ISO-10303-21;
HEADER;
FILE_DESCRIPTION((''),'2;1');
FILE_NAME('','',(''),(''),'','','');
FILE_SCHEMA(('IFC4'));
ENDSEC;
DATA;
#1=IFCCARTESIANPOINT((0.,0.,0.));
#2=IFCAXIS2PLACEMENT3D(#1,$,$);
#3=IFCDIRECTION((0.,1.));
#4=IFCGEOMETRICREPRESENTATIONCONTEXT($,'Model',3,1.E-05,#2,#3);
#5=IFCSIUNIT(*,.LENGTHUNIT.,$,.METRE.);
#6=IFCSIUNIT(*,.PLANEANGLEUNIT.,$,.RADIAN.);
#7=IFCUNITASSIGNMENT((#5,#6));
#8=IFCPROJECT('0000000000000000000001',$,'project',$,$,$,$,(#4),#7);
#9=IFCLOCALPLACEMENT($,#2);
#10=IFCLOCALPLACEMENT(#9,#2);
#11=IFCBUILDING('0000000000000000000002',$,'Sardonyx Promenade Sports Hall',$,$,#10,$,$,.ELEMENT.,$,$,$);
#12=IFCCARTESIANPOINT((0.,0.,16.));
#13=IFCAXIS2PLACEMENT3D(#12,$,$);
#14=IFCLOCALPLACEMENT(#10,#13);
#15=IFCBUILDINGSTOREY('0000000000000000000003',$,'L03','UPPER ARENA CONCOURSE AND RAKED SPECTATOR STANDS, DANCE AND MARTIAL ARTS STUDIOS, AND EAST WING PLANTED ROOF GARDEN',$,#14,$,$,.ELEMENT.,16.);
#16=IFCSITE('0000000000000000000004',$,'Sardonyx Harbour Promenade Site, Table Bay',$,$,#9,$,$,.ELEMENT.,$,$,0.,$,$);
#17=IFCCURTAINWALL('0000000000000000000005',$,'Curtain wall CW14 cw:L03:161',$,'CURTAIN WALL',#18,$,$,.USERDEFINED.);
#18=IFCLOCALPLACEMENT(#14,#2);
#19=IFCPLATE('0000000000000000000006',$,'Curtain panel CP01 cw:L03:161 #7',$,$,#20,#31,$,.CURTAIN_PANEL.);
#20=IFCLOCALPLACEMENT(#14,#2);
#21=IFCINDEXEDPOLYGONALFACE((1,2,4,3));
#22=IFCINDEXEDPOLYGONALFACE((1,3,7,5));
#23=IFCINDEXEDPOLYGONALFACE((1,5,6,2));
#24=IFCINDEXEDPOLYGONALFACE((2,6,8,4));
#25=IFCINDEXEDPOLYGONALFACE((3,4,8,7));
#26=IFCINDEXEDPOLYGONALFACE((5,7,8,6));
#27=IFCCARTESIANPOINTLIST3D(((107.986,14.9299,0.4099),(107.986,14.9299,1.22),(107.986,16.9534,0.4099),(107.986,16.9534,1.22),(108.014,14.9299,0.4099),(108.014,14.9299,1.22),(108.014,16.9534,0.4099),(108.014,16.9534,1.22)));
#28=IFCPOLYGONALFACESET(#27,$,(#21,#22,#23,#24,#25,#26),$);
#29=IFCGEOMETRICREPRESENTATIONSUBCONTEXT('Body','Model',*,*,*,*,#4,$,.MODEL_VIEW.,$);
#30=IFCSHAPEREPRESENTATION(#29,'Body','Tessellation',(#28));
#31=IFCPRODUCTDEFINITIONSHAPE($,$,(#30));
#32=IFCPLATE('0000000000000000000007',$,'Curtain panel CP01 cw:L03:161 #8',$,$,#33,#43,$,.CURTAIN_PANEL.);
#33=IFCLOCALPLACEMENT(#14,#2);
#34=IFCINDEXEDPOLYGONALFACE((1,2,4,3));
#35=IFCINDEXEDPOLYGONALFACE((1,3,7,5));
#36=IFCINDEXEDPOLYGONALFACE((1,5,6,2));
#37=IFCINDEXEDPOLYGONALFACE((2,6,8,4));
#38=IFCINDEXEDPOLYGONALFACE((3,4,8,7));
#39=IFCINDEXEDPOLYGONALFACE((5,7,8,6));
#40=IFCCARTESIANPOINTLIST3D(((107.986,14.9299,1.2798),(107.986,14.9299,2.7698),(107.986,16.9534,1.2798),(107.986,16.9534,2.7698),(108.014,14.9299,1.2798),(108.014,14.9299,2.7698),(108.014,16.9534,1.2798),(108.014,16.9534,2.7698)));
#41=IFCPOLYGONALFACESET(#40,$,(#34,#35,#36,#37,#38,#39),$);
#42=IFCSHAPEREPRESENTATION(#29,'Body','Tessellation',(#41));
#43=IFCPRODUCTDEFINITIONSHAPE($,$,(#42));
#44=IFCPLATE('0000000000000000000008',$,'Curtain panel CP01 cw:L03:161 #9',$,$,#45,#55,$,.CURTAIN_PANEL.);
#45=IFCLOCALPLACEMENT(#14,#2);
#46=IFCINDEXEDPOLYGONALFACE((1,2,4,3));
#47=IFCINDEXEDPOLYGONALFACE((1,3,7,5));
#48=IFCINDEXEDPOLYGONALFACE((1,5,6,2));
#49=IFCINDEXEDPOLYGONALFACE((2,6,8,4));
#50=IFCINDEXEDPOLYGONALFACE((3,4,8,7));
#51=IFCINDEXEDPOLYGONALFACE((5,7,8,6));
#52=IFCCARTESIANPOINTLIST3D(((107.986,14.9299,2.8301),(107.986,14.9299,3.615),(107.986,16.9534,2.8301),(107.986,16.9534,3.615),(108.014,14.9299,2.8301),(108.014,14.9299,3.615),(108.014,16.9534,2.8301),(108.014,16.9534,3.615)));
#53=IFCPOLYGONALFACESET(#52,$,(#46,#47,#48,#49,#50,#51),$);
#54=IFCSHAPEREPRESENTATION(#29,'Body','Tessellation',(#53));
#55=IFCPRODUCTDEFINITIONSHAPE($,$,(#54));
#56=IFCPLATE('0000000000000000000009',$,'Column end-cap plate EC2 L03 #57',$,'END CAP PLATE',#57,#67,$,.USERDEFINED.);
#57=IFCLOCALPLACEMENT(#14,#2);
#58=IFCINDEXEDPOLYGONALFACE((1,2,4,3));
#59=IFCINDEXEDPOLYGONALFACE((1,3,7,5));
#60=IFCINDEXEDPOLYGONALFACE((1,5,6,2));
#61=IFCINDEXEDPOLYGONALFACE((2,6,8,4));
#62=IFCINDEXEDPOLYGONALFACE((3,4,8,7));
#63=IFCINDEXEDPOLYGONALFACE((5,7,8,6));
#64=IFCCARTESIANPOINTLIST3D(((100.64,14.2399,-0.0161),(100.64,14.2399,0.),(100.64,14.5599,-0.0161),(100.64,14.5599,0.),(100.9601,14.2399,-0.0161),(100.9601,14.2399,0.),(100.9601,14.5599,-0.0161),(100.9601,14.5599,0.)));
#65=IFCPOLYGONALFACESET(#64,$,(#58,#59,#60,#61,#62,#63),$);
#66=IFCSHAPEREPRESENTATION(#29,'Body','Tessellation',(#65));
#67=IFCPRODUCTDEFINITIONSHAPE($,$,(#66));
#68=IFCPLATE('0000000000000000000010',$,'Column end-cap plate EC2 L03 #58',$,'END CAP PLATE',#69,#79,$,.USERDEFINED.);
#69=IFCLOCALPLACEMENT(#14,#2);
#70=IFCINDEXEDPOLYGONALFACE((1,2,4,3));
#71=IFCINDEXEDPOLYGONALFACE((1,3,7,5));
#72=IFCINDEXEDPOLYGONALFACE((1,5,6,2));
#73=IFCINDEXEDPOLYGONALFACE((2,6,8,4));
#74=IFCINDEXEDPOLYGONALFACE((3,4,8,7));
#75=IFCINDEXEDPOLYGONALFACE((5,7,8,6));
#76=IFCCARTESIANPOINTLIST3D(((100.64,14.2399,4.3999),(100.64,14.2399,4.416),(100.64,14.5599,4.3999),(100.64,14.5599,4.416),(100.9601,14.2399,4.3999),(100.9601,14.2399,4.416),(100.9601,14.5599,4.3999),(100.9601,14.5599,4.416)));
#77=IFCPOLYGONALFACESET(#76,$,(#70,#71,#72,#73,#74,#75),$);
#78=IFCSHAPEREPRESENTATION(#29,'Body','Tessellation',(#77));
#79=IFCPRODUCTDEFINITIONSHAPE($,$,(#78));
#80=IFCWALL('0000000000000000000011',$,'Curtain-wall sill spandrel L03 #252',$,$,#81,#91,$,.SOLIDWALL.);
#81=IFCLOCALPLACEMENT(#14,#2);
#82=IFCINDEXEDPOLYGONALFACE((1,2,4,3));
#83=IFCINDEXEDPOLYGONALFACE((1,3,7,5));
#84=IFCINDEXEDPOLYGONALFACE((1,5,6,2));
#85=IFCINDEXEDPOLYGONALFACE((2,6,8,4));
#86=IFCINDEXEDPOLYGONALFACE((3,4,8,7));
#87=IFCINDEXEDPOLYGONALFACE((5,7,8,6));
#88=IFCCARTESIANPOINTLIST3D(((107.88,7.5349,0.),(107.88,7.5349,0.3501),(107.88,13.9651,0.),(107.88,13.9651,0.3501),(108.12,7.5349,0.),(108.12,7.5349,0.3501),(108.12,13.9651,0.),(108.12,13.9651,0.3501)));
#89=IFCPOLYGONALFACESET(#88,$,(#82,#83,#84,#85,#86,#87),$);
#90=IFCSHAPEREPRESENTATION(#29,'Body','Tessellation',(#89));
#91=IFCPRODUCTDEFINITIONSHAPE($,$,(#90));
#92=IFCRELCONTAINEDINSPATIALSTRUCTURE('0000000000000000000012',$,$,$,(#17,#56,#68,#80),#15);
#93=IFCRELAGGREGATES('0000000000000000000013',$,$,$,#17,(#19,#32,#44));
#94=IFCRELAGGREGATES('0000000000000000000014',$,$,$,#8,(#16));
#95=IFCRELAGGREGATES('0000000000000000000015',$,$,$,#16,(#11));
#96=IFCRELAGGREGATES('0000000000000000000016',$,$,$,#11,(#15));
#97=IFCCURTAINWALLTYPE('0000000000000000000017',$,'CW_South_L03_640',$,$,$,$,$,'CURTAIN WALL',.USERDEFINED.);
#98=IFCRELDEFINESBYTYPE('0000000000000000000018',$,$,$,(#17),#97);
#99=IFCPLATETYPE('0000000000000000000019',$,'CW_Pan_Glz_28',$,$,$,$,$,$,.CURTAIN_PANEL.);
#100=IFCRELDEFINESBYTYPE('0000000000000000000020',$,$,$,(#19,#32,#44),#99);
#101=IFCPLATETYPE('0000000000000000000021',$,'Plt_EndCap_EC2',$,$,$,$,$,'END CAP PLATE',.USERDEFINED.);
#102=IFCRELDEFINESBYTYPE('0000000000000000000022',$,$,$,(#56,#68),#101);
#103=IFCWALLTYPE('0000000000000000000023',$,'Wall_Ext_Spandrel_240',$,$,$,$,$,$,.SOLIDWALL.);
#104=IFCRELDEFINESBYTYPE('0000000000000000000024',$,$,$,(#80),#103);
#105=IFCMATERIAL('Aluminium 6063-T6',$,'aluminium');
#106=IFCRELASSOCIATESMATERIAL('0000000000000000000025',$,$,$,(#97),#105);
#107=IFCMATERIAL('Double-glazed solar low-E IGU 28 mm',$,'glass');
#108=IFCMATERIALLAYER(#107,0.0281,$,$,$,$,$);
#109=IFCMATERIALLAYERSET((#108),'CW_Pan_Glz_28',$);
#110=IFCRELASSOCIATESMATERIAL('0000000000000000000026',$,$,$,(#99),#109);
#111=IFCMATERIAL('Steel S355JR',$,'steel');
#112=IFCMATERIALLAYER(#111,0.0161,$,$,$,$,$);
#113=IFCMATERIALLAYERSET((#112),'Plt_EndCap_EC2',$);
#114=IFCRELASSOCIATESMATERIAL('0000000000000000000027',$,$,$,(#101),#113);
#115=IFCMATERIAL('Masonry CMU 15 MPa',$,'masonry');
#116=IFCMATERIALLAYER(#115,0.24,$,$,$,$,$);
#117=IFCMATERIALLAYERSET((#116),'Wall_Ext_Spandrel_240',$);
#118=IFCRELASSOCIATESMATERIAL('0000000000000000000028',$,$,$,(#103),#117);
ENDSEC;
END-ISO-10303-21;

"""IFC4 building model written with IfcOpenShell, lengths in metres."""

from ifc_helpers import new_model, si_unit, direction, frame, frame_2d, origin, origin_2d, place, context, subcontext, project, spatial, rectangle, extrude, material, layer, layer_set, type_object, element, aggregate, save


model = new_model("IFC4")

# Units and contexts
model_context = context("Model", 3, precision=1e-05, world=origin(), true_north=direction((0.0, 1.0)))
body_context = subcontext(model_context, "Body", "Model", "MODEL_VIEW")
ifc_project = project(units=[si_unit("LENGTHUNIT", "METRE"), si_unit("PLANEANGLEUNIT", "RADIAN")], contexts=[model_context])

# Site, building, storey
site_placement = place(None, origin())
site = spatial("IfcSite", under=ifc_project, at=site_placement, Name="Sardonyx Harbour Promenade Site, Table Bay", CompositionType="ELEMENT", RefElevation=0.0)
building_placement = place(site_placement, origin())
building = spatial("IfcBuilding", under=site, at=building_placement, Name="Sardonyx Promenade Sports Hall", CompositionType="ELEMENT")
storey_placement = place(building_placement, frame((0.0, 0.0, 16.0)))
storey = spatial("IfcBuildingStorey", under=building, at=storey_placement, Name="L03", Description="UPPER ARENA CONCOURSE AND RAKED SPECTATOR STANDS, DANCE AND MARTIAL ARTS STUDIOS, AND EAST WING PLANTED ROOF GARDEN", CompositionType="ELEMENT", Elevation=16.0)

# Curtain wall
ifc_material_1 = material(Name="Aluminium 6063-T6", Category="aluminium")
curtain_wall_type = type_object("IfcCurtainWallType", Name="CW_South_L03_640", ElementType="CURTAIN WALL", PredefinedType="USERDEFINED", material=ifc_material_1)
curtain_wall_1_placement = place(storey_placement, origin())
curtain_wall_1 = element("IfcCurtainWall", 1, at=curtain_wall_1_placement, inside=storey, type_object=curtain_wall_type, Name="Curtain wall CW14 cw:L03:161", ObjectType="CURTAIN WALL", PredefinedType="USERDEFINED")

# Plates
ifc_material_2 = material(Name="Double-glazed solar low-E IGU 28 mm", Category="glass")
ifc_layer_1 = layer(ifc_material_2, 0.0281)
ifc_layer_set_1 = layer_set([ifc_layer_1], Name="CW_Pan_Glz_28")
plate_type_1 = type_object("IfcPlateType", Name="CW_Pan_Glz_28", PredefinedType="CURTAIN_PANEL", material=ifc_layer_set_1)
plate_1_placement = place(storey_placement, frame((108.0, 15.9417, 0.4099), z_axis=(0.0, 0.0, 1.0), x_axis=(0.0, -1.0, 0.0)))
plate_1 = element("IfcPlate", 2, at=plate_1_placement, type_object=plate_type_1, Name="Curtain panel CP01 cw:L03:161 #7", PredefinedType="CURTAIN_PANEL", context=body_context, shape_type="SweptSolid", body=[
    extrude(rectangle(XDim=2.0234, YDim=0.0281, at=origin_2d()), origin(), (0.0, 0.0, 1.0), 0.8101),
])
plate_2_placement = place(storey_placement, frame((108.0, 15.9417, 1.2798), z_axis=(0.0, 0.0, 1.0), x_axis=(0.0, -1.0, 0.0)))
plate_2 = element("IfcPlate", 3, at=plate_2_placement, type_object=plate_type_1, Name="Curtain panel CP01 cw:L03:161 #8", PredefinedType="CURTAIN_PANEL", context=body_context, shape_type="SweptSolid", body=[
    extrude(rectangle(XDim=2.0234, YDim=0.0281, at=origin_2d()), origin(), (0.0, 0.0, 1.0), 1.49),
])
plate_3_placement = place(storey_placement, frame((108.0, 15.9417, 2.8301), z_axis=(0.0, 0.0, 1.0), x_axis=(0.0, -1.0, 0.0)))
plate_3 = element("IfcPlate", 4, at=plate_3_placement, type_object=plate_type_1, Name="Curtain panel CP01 cw:L03:161 #9", PredefinedType="CURTAIN_PANEL", context=body_context, shape_type="SweptSolid", body=[
    extrude(rectangle(XDim=2.0234, YDim=0.0281, at=origin_2d()), origin(), (0.0, 0.0, 1.0), 0.7849),
])
aggregate(curtain_wall_1, [plate_1, plate_2, plate_3])

# Plates
ifc_material_3 = material(Name="Steel S355JR", Category="steel")
ifc_layer_2 = layer(ifc_material_3, 0.0161)
ifc_layer_set_2 = layer_set([ifc_layer_2], Name="Plt_EndCap_EC2")
plate_type_2 = type_object("IfcPlateType", Name="Plt_EndCap_EC2", ElementType="END CAP PLATE", PredefinedType="USERDEFINED", material=ifc_layer_set_2)
for number, where, z_axis, x_axis, name in (
    (5, (100.8, 14.3999, -0.0161), (0.0, 0.0, 1.0), (1.0, 0.0, 0.0), "Column end-cap plate EC2 L03 #57"),
    (6, (100.8, 14.3999, 4.3999), (0.0, 0.0, 1.0), (1.0, 0.0, 0.0), "Column end-cap plate EC2 L03 #58"),
):
    element("IfcPlate", number, at=place(storey_placement, frame(where, z_axis=z_axis, x_axis=x_axis)), inside=storey, type_object=plate_type_2, Name=name, ObjectType="END CAP PLATE", PredefinedType="USERDEFINED", context=body_context, shape_type="SweptSolid", body=[
        extrude(rectangle(XDim=0.3201, YDim=0.3201, at=origin_2d()), origin(), (0.0, 0.0, 1.0), 0.0161),
    ])

# Wall
ifc_material_4 = material(Name="Masonry CMU 15 MPa", Category="masonry")
ifc_layer_3 = layer(ifc_material_4, 0.24)
ifc_layer_set_3 = layer_set([ifc_layer_3], Name="Wall_Ext_Spandrel_240")
wall_type = type_object("IfcWallType", Name="Wall_Ext_Spandrel_240", PredefinedType="SOLIDWALL", material=ifc_layer_set_3)
wall_placement = place(storey_placement, frame((108.0, 13.9651, 0.0), z_axis=(0.0, 0.0, 1.0), x_axis=(0.0, -1.0, 0.0)))
element("IfcWall", 7, at=wall_placement, inside=storey, type_object=wall_type, Name="Curtain-wall sill spandrel L03 #252", PredefinedType="SOLIDWALL", context=body_context, shape_type="SweptSolid", body=[
    extrude(rectangle(XDim=6.4302, YDim=0.24, at=frame_2d((3.2151, 0.0))), origin(), (0.0, 0.0, 1.0), 0.3501),
])

save(model, "model.ifc")
